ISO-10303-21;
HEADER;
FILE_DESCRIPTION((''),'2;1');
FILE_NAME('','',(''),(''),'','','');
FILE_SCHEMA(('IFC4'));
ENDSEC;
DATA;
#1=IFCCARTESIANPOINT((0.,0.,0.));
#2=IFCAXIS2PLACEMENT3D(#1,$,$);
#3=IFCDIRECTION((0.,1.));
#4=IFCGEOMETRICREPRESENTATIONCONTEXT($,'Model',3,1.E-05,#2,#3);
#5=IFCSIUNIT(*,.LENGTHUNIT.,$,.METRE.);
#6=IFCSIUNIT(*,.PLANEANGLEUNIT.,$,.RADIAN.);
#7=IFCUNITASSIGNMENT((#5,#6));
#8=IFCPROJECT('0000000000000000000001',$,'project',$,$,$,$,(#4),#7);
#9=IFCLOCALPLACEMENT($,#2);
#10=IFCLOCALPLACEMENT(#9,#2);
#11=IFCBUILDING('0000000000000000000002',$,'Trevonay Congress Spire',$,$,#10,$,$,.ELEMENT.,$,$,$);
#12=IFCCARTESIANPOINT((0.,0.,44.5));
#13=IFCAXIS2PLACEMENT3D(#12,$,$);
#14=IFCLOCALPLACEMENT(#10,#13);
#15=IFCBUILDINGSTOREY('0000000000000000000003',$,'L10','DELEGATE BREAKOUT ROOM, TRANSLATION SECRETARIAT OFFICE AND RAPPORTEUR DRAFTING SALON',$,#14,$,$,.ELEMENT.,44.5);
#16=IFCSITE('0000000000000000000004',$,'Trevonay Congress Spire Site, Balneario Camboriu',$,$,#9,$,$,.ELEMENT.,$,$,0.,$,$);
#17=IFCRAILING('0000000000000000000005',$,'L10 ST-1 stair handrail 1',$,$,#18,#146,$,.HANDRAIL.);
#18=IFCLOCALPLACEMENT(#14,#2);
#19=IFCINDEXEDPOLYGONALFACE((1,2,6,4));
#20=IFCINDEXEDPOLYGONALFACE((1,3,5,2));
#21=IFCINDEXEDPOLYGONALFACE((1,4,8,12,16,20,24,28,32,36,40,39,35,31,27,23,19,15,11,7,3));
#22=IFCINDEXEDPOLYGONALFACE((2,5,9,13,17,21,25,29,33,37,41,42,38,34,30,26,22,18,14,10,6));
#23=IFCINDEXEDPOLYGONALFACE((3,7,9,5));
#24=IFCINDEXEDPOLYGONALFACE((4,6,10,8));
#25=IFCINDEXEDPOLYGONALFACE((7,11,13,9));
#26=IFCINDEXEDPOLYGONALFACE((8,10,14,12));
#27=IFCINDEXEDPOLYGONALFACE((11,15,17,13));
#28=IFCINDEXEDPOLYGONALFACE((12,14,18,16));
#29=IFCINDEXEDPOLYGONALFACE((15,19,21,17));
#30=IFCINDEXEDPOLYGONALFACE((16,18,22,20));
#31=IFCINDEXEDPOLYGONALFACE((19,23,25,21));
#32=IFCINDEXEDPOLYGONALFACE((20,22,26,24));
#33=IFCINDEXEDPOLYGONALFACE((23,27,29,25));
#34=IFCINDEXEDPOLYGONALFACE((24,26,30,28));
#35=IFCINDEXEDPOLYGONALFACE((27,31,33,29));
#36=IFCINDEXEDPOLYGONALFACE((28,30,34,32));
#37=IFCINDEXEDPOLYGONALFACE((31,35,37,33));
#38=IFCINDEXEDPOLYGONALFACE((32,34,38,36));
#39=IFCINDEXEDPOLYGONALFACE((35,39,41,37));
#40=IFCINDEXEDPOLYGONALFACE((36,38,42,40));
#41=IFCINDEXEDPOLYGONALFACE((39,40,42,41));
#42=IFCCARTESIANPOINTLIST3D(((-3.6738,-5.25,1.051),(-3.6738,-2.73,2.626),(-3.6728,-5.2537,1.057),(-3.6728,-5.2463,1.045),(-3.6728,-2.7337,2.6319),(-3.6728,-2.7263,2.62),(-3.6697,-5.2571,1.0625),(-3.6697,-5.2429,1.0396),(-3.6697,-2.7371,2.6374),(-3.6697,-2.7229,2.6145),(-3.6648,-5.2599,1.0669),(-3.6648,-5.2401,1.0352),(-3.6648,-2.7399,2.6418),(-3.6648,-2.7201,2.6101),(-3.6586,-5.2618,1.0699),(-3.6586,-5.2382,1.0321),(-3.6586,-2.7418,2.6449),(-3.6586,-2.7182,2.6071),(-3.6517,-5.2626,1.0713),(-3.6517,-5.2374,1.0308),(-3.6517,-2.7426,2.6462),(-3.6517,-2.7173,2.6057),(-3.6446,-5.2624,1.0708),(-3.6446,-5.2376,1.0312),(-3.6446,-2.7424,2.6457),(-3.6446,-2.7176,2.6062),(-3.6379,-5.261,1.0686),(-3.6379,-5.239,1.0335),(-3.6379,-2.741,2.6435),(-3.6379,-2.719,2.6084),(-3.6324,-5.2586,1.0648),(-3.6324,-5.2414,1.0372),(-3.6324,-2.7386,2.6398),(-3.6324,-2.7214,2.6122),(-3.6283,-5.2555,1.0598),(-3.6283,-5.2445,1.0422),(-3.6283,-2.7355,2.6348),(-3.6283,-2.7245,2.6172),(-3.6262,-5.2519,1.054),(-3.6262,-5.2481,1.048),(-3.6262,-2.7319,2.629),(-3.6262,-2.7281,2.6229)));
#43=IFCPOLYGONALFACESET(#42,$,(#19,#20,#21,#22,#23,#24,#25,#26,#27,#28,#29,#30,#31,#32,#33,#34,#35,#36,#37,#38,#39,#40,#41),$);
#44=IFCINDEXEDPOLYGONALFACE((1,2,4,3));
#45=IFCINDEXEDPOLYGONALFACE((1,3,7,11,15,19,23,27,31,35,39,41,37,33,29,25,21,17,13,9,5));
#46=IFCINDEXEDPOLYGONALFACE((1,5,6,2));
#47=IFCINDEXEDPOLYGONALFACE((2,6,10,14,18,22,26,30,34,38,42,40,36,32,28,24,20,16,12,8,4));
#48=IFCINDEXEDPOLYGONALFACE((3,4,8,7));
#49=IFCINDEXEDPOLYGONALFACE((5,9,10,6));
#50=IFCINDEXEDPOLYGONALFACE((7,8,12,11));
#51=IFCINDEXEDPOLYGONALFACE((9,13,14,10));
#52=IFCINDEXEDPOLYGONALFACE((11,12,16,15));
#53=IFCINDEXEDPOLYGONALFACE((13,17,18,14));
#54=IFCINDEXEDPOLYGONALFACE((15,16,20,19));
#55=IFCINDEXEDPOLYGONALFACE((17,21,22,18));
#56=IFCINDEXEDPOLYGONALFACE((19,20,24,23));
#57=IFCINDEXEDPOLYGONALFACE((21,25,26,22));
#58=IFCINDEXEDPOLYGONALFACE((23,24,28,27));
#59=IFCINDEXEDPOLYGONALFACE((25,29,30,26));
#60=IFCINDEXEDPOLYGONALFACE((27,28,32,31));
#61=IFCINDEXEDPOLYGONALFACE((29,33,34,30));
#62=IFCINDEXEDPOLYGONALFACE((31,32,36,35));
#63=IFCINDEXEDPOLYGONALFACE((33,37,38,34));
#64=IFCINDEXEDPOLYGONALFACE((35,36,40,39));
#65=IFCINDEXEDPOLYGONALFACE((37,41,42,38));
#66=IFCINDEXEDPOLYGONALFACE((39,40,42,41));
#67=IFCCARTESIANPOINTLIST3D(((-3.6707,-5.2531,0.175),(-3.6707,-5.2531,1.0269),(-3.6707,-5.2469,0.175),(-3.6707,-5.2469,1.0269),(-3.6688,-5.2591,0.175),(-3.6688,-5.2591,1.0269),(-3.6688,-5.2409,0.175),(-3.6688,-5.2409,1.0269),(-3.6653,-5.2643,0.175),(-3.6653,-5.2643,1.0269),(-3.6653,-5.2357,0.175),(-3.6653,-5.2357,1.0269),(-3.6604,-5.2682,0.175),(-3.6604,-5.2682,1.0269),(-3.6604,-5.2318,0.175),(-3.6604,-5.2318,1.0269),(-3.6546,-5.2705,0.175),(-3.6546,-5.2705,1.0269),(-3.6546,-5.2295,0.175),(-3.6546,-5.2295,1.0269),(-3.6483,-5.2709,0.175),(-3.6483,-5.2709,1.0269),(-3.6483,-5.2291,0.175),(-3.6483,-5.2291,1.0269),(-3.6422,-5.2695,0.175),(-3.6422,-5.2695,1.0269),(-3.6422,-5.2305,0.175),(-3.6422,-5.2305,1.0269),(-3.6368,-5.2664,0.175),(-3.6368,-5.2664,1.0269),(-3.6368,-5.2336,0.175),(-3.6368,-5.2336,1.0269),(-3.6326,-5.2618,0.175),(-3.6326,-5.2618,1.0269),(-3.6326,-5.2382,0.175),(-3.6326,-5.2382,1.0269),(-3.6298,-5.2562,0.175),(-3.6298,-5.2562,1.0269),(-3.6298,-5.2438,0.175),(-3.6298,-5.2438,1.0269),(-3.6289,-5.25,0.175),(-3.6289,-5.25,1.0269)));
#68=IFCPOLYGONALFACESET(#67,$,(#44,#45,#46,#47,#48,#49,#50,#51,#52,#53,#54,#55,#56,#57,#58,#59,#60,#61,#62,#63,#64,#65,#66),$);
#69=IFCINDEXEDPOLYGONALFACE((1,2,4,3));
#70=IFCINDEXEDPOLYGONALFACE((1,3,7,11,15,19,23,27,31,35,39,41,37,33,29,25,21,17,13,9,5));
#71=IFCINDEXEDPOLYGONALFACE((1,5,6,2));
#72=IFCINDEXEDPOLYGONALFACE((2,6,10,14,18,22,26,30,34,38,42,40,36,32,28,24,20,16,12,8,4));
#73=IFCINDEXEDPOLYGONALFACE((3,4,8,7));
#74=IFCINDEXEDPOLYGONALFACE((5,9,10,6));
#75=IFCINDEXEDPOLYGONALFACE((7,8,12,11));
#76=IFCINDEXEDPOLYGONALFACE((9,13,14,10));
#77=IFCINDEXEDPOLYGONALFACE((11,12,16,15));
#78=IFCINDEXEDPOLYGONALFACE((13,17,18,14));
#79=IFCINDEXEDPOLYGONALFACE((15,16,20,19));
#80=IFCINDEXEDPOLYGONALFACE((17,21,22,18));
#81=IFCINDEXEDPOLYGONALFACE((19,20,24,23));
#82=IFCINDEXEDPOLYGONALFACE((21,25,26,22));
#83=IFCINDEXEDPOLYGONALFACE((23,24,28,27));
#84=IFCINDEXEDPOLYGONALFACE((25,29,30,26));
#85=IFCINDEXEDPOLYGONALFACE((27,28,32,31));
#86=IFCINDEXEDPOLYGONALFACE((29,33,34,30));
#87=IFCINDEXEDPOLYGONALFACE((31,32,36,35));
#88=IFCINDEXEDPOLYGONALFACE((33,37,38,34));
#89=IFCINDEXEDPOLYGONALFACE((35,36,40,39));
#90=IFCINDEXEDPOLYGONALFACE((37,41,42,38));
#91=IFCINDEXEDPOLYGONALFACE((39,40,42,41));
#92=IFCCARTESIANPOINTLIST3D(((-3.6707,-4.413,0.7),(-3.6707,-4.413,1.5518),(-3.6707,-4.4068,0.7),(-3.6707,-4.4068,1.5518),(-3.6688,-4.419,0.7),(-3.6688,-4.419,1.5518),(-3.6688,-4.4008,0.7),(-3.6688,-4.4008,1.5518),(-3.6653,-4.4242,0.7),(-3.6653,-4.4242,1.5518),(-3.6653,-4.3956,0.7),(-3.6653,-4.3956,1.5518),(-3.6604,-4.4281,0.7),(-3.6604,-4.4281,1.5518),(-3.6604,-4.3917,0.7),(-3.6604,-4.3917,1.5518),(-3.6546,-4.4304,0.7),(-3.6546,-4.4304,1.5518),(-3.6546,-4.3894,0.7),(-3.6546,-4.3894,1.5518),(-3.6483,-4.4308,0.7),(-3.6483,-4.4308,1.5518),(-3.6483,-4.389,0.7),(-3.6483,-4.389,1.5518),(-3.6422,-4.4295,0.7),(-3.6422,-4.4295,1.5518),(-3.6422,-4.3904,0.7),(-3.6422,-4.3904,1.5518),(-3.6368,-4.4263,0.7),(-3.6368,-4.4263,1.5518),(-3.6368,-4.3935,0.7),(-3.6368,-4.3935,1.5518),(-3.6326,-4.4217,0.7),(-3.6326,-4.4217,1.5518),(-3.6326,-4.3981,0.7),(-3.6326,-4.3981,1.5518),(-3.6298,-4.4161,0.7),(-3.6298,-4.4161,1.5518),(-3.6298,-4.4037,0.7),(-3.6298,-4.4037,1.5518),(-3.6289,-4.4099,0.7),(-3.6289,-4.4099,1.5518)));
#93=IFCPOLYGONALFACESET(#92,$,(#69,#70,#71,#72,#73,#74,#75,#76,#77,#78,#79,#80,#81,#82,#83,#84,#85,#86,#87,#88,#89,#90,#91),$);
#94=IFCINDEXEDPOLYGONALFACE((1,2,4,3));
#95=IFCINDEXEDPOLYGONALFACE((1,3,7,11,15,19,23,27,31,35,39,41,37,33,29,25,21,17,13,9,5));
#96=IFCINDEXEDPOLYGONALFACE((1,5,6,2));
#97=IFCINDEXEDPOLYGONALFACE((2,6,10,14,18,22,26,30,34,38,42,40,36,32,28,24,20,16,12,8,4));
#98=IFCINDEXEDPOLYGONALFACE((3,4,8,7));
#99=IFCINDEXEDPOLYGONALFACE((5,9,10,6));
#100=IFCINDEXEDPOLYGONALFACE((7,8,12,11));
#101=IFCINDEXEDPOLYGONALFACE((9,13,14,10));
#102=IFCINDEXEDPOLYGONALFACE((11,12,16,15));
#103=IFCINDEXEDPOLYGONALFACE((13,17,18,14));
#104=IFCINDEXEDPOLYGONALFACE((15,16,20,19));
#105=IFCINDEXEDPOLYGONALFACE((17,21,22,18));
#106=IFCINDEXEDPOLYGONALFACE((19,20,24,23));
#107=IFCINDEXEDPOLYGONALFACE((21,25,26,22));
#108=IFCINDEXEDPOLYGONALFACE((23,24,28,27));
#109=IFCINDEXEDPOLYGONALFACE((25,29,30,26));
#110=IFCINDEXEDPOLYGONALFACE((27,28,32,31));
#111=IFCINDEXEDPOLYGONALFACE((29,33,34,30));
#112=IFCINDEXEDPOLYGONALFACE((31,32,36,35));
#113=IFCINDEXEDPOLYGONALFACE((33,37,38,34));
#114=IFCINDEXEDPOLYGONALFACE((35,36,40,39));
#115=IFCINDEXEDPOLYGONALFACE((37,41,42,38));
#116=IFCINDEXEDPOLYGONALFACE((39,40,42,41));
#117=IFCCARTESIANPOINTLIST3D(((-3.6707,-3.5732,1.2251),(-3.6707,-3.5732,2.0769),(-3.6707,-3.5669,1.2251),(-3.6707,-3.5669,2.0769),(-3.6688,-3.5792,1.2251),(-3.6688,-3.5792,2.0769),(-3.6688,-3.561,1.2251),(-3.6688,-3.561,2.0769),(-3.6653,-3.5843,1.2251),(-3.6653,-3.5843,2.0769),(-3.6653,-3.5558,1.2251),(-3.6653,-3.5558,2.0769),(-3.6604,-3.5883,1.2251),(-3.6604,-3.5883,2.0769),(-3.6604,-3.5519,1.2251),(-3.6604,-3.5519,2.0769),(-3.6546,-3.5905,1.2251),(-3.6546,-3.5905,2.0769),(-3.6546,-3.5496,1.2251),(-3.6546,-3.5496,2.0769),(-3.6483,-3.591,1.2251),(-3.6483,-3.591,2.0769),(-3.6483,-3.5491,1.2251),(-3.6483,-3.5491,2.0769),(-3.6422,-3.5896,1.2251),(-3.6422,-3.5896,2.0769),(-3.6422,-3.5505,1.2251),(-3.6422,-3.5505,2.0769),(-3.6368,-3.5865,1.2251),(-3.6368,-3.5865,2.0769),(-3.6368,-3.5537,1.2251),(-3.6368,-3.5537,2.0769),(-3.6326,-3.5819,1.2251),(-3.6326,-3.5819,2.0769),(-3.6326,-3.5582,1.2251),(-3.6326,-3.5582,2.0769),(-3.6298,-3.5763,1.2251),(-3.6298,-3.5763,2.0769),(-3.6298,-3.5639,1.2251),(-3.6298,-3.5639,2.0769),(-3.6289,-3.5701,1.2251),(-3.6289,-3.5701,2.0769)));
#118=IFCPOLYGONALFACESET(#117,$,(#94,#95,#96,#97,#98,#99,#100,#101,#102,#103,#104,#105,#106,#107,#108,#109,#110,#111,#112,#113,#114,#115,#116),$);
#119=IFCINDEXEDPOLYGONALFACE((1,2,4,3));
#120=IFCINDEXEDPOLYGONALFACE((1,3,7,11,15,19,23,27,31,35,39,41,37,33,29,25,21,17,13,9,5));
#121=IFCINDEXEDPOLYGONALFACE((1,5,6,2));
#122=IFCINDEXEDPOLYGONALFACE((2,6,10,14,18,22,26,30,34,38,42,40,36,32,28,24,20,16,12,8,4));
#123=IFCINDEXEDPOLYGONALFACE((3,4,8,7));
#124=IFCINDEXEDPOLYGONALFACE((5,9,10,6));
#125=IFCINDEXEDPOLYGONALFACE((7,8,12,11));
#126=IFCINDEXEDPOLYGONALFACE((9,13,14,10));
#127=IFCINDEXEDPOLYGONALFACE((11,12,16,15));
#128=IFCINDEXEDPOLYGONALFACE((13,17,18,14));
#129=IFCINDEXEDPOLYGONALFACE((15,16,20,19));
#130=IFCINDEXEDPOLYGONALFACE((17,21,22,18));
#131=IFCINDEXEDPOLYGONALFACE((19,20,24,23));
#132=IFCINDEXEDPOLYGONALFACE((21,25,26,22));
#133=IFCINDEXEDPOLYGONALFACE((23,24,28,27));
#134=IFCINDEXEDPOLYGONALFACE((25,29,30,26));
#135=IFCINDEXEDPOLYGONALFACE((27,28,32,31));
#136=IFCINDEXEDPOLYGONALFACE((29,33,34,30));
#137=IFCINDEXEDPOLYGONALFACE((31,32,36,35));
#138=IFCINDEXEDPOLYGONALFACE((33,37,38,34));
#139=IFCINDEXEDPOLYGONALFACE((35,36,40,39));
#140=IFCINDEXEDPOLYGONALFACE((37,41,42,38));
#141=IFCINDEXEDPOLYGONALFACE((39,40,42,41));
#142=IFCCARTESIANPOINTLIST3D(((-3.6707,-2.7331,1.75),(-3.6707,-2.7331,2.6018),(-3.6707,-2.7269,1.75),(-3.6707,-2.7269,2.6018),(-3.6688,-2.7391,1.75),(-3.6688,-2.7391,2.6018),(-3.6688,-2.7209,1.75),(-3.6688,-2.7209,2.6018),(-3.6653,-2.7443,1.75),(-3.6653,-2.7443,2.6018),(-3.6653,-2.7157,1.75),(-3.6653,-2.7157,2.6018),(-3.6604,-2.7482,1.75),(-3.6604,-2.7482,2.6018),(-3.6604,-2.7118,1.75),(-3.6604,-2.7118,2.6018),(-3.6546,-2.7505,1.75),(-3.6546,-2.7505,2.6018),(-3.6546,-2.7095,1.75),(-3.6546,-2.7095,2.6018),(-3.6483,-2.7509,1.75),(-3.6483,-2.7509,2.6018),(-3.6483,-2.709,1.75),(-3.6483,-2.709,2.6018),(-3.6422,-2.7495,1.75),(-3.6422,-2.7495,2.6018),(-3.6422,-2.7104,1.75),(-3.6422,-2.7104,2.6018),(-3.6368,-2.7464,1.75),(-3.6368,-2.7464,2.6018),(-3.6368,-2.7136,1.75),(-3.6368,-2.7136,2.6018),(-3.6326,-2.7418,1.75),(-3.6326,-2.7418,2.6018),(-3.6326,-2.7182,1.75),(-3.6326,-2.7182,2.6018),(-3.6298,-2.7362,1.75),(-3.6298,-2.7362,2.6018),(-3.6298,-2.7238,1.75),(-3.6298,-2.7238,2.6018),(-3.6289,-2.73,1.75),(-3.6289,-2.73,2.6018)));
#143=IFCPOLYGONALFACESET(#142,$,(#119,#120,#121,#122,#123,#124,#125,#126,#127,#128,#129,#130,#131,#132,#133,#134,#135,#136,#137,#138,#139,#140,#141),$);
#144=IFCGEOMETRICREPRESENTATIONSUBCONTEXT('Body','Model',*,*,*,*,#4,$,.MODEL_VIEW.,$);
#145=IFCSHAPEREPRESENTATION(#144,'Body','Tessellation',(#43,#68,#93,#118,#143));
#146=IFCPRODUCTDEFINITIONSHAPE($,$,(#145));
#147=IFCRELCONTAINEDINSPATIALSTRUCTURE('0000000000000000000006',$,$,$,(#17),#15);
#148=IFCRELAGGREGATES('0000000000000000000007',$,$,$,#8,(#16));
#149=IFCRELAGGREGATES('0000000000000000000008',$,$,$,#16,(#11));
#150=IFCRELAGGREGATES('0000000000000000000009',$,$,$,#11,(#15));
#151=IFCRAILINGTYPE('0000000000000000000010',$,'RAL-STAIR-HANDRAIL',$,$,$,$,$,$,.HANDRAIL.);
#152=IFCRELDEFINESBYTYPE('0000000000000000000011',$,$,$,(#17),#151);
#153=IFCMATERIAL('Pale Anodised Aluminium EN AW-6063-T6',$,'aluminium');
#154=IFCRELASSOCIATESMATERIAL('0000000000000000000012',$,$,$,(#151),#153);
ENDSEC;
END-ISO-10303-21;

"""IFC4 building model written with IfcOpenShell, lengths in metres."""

from ifc_helpers import new_model, si_unit, direction, frame, origin, origin_2d, place, context, subcontext, project, spatial, circle, extrude, material, type_object, element, save


model = new_model("IFC4")

# Units and contexts
model_context = context("Model", 3, precision=1e-05, world=origin(), true_north=direction((0.0, 1.0)))
body_context = subcontext(model_context, "Body", "Model", "MODEL_VIEW")
ifc_project = project(units=[si_unit("LENGTHUNIT", "METRE"), si_unit("PLANEANGLEUNIT", "RADIAN")], contexts=[model_context])

# Site, building, storey
site_placement = place(None, origin())
site = spatial("IfcSite", under=ifc_project, at=site_placement, Name="Trevonay Congress Spire Site, Balneario Camboriu", CompositionType="ELEMENT", RefElevation=0.0)
building_placement = place(site_placement, origin())
building = spatial("IfcBuilding", under=site, at=building_placement, Name="Trevonay Congress Spire", CompositionType="ELEMENT")
storey_placement = place(building_placement, frame((0.0, 0.0, 44.5)))
storey = spatial("IfcBuildingStorey", under=building, at=storey_placement, Name="L10", Description="DELEGATE BREAKOUT ROOM, TRANSLATION SECRETARIAT OFFICE AND RAPPORTEUR DRAFTING SALON", CompositionType="ELEMENT", Elevation=44.5)

# Shared definitions
ifc_material_1 = material(Name="Pale Anodised Aluminium EN AW-6063-T6", Category="aluminium")

# Railing
railing_type_1 = type_object("IfcRailingType", Name="RAL-STAIR-HANDRAIL", PredefinedType="HANDRAIL", material=ifc_material_1)
railing_1_placement = place(storey_placement, frame((-3.6499, -5.25, 0.175)))
element("IfcRailing", 1, at=railing_1_placement, inside=storey, type_object=railing_type_1, Name="L10 ST-1 stair handrail 1", PredefinedType="HANDRAIL", context=body_context, shape_type="SweptSolid", body=[
    extrude(circle(Radius=0.0239, at=origin_2d()), frame((0.0, 0.0, 0.876), z_axis=(0.0, 0.848008, 0.529984), x_axis=(-1.0, 0.0, 0.0)), (0.0, 0.0, 1.0), 2.9717),
    extrude(circle(Radius=0.021, at=origin_2d()), origin(), (0.0, 0.0, 1.0), 0.8518),
    extrude(circle(Radius=0.021, at=origin_2d()), frame((0.0, 0.8401, 0.5249)), (0.0, 0.0, 1.0), 0.8518),
    extrude(circle(Radius=0.021, at=origin_2d()), frame((0.0, 1.6799, 1.05)), (0.0, 0.0, 1.0), 0.8518),
    extrude(circle(Radius=0.021, at=origin_2d()), frame((0.0, 2.52, 1.575)), (0.0, 0.0, 1.0), 0.8518),
])

save(model, "model.ifc")
